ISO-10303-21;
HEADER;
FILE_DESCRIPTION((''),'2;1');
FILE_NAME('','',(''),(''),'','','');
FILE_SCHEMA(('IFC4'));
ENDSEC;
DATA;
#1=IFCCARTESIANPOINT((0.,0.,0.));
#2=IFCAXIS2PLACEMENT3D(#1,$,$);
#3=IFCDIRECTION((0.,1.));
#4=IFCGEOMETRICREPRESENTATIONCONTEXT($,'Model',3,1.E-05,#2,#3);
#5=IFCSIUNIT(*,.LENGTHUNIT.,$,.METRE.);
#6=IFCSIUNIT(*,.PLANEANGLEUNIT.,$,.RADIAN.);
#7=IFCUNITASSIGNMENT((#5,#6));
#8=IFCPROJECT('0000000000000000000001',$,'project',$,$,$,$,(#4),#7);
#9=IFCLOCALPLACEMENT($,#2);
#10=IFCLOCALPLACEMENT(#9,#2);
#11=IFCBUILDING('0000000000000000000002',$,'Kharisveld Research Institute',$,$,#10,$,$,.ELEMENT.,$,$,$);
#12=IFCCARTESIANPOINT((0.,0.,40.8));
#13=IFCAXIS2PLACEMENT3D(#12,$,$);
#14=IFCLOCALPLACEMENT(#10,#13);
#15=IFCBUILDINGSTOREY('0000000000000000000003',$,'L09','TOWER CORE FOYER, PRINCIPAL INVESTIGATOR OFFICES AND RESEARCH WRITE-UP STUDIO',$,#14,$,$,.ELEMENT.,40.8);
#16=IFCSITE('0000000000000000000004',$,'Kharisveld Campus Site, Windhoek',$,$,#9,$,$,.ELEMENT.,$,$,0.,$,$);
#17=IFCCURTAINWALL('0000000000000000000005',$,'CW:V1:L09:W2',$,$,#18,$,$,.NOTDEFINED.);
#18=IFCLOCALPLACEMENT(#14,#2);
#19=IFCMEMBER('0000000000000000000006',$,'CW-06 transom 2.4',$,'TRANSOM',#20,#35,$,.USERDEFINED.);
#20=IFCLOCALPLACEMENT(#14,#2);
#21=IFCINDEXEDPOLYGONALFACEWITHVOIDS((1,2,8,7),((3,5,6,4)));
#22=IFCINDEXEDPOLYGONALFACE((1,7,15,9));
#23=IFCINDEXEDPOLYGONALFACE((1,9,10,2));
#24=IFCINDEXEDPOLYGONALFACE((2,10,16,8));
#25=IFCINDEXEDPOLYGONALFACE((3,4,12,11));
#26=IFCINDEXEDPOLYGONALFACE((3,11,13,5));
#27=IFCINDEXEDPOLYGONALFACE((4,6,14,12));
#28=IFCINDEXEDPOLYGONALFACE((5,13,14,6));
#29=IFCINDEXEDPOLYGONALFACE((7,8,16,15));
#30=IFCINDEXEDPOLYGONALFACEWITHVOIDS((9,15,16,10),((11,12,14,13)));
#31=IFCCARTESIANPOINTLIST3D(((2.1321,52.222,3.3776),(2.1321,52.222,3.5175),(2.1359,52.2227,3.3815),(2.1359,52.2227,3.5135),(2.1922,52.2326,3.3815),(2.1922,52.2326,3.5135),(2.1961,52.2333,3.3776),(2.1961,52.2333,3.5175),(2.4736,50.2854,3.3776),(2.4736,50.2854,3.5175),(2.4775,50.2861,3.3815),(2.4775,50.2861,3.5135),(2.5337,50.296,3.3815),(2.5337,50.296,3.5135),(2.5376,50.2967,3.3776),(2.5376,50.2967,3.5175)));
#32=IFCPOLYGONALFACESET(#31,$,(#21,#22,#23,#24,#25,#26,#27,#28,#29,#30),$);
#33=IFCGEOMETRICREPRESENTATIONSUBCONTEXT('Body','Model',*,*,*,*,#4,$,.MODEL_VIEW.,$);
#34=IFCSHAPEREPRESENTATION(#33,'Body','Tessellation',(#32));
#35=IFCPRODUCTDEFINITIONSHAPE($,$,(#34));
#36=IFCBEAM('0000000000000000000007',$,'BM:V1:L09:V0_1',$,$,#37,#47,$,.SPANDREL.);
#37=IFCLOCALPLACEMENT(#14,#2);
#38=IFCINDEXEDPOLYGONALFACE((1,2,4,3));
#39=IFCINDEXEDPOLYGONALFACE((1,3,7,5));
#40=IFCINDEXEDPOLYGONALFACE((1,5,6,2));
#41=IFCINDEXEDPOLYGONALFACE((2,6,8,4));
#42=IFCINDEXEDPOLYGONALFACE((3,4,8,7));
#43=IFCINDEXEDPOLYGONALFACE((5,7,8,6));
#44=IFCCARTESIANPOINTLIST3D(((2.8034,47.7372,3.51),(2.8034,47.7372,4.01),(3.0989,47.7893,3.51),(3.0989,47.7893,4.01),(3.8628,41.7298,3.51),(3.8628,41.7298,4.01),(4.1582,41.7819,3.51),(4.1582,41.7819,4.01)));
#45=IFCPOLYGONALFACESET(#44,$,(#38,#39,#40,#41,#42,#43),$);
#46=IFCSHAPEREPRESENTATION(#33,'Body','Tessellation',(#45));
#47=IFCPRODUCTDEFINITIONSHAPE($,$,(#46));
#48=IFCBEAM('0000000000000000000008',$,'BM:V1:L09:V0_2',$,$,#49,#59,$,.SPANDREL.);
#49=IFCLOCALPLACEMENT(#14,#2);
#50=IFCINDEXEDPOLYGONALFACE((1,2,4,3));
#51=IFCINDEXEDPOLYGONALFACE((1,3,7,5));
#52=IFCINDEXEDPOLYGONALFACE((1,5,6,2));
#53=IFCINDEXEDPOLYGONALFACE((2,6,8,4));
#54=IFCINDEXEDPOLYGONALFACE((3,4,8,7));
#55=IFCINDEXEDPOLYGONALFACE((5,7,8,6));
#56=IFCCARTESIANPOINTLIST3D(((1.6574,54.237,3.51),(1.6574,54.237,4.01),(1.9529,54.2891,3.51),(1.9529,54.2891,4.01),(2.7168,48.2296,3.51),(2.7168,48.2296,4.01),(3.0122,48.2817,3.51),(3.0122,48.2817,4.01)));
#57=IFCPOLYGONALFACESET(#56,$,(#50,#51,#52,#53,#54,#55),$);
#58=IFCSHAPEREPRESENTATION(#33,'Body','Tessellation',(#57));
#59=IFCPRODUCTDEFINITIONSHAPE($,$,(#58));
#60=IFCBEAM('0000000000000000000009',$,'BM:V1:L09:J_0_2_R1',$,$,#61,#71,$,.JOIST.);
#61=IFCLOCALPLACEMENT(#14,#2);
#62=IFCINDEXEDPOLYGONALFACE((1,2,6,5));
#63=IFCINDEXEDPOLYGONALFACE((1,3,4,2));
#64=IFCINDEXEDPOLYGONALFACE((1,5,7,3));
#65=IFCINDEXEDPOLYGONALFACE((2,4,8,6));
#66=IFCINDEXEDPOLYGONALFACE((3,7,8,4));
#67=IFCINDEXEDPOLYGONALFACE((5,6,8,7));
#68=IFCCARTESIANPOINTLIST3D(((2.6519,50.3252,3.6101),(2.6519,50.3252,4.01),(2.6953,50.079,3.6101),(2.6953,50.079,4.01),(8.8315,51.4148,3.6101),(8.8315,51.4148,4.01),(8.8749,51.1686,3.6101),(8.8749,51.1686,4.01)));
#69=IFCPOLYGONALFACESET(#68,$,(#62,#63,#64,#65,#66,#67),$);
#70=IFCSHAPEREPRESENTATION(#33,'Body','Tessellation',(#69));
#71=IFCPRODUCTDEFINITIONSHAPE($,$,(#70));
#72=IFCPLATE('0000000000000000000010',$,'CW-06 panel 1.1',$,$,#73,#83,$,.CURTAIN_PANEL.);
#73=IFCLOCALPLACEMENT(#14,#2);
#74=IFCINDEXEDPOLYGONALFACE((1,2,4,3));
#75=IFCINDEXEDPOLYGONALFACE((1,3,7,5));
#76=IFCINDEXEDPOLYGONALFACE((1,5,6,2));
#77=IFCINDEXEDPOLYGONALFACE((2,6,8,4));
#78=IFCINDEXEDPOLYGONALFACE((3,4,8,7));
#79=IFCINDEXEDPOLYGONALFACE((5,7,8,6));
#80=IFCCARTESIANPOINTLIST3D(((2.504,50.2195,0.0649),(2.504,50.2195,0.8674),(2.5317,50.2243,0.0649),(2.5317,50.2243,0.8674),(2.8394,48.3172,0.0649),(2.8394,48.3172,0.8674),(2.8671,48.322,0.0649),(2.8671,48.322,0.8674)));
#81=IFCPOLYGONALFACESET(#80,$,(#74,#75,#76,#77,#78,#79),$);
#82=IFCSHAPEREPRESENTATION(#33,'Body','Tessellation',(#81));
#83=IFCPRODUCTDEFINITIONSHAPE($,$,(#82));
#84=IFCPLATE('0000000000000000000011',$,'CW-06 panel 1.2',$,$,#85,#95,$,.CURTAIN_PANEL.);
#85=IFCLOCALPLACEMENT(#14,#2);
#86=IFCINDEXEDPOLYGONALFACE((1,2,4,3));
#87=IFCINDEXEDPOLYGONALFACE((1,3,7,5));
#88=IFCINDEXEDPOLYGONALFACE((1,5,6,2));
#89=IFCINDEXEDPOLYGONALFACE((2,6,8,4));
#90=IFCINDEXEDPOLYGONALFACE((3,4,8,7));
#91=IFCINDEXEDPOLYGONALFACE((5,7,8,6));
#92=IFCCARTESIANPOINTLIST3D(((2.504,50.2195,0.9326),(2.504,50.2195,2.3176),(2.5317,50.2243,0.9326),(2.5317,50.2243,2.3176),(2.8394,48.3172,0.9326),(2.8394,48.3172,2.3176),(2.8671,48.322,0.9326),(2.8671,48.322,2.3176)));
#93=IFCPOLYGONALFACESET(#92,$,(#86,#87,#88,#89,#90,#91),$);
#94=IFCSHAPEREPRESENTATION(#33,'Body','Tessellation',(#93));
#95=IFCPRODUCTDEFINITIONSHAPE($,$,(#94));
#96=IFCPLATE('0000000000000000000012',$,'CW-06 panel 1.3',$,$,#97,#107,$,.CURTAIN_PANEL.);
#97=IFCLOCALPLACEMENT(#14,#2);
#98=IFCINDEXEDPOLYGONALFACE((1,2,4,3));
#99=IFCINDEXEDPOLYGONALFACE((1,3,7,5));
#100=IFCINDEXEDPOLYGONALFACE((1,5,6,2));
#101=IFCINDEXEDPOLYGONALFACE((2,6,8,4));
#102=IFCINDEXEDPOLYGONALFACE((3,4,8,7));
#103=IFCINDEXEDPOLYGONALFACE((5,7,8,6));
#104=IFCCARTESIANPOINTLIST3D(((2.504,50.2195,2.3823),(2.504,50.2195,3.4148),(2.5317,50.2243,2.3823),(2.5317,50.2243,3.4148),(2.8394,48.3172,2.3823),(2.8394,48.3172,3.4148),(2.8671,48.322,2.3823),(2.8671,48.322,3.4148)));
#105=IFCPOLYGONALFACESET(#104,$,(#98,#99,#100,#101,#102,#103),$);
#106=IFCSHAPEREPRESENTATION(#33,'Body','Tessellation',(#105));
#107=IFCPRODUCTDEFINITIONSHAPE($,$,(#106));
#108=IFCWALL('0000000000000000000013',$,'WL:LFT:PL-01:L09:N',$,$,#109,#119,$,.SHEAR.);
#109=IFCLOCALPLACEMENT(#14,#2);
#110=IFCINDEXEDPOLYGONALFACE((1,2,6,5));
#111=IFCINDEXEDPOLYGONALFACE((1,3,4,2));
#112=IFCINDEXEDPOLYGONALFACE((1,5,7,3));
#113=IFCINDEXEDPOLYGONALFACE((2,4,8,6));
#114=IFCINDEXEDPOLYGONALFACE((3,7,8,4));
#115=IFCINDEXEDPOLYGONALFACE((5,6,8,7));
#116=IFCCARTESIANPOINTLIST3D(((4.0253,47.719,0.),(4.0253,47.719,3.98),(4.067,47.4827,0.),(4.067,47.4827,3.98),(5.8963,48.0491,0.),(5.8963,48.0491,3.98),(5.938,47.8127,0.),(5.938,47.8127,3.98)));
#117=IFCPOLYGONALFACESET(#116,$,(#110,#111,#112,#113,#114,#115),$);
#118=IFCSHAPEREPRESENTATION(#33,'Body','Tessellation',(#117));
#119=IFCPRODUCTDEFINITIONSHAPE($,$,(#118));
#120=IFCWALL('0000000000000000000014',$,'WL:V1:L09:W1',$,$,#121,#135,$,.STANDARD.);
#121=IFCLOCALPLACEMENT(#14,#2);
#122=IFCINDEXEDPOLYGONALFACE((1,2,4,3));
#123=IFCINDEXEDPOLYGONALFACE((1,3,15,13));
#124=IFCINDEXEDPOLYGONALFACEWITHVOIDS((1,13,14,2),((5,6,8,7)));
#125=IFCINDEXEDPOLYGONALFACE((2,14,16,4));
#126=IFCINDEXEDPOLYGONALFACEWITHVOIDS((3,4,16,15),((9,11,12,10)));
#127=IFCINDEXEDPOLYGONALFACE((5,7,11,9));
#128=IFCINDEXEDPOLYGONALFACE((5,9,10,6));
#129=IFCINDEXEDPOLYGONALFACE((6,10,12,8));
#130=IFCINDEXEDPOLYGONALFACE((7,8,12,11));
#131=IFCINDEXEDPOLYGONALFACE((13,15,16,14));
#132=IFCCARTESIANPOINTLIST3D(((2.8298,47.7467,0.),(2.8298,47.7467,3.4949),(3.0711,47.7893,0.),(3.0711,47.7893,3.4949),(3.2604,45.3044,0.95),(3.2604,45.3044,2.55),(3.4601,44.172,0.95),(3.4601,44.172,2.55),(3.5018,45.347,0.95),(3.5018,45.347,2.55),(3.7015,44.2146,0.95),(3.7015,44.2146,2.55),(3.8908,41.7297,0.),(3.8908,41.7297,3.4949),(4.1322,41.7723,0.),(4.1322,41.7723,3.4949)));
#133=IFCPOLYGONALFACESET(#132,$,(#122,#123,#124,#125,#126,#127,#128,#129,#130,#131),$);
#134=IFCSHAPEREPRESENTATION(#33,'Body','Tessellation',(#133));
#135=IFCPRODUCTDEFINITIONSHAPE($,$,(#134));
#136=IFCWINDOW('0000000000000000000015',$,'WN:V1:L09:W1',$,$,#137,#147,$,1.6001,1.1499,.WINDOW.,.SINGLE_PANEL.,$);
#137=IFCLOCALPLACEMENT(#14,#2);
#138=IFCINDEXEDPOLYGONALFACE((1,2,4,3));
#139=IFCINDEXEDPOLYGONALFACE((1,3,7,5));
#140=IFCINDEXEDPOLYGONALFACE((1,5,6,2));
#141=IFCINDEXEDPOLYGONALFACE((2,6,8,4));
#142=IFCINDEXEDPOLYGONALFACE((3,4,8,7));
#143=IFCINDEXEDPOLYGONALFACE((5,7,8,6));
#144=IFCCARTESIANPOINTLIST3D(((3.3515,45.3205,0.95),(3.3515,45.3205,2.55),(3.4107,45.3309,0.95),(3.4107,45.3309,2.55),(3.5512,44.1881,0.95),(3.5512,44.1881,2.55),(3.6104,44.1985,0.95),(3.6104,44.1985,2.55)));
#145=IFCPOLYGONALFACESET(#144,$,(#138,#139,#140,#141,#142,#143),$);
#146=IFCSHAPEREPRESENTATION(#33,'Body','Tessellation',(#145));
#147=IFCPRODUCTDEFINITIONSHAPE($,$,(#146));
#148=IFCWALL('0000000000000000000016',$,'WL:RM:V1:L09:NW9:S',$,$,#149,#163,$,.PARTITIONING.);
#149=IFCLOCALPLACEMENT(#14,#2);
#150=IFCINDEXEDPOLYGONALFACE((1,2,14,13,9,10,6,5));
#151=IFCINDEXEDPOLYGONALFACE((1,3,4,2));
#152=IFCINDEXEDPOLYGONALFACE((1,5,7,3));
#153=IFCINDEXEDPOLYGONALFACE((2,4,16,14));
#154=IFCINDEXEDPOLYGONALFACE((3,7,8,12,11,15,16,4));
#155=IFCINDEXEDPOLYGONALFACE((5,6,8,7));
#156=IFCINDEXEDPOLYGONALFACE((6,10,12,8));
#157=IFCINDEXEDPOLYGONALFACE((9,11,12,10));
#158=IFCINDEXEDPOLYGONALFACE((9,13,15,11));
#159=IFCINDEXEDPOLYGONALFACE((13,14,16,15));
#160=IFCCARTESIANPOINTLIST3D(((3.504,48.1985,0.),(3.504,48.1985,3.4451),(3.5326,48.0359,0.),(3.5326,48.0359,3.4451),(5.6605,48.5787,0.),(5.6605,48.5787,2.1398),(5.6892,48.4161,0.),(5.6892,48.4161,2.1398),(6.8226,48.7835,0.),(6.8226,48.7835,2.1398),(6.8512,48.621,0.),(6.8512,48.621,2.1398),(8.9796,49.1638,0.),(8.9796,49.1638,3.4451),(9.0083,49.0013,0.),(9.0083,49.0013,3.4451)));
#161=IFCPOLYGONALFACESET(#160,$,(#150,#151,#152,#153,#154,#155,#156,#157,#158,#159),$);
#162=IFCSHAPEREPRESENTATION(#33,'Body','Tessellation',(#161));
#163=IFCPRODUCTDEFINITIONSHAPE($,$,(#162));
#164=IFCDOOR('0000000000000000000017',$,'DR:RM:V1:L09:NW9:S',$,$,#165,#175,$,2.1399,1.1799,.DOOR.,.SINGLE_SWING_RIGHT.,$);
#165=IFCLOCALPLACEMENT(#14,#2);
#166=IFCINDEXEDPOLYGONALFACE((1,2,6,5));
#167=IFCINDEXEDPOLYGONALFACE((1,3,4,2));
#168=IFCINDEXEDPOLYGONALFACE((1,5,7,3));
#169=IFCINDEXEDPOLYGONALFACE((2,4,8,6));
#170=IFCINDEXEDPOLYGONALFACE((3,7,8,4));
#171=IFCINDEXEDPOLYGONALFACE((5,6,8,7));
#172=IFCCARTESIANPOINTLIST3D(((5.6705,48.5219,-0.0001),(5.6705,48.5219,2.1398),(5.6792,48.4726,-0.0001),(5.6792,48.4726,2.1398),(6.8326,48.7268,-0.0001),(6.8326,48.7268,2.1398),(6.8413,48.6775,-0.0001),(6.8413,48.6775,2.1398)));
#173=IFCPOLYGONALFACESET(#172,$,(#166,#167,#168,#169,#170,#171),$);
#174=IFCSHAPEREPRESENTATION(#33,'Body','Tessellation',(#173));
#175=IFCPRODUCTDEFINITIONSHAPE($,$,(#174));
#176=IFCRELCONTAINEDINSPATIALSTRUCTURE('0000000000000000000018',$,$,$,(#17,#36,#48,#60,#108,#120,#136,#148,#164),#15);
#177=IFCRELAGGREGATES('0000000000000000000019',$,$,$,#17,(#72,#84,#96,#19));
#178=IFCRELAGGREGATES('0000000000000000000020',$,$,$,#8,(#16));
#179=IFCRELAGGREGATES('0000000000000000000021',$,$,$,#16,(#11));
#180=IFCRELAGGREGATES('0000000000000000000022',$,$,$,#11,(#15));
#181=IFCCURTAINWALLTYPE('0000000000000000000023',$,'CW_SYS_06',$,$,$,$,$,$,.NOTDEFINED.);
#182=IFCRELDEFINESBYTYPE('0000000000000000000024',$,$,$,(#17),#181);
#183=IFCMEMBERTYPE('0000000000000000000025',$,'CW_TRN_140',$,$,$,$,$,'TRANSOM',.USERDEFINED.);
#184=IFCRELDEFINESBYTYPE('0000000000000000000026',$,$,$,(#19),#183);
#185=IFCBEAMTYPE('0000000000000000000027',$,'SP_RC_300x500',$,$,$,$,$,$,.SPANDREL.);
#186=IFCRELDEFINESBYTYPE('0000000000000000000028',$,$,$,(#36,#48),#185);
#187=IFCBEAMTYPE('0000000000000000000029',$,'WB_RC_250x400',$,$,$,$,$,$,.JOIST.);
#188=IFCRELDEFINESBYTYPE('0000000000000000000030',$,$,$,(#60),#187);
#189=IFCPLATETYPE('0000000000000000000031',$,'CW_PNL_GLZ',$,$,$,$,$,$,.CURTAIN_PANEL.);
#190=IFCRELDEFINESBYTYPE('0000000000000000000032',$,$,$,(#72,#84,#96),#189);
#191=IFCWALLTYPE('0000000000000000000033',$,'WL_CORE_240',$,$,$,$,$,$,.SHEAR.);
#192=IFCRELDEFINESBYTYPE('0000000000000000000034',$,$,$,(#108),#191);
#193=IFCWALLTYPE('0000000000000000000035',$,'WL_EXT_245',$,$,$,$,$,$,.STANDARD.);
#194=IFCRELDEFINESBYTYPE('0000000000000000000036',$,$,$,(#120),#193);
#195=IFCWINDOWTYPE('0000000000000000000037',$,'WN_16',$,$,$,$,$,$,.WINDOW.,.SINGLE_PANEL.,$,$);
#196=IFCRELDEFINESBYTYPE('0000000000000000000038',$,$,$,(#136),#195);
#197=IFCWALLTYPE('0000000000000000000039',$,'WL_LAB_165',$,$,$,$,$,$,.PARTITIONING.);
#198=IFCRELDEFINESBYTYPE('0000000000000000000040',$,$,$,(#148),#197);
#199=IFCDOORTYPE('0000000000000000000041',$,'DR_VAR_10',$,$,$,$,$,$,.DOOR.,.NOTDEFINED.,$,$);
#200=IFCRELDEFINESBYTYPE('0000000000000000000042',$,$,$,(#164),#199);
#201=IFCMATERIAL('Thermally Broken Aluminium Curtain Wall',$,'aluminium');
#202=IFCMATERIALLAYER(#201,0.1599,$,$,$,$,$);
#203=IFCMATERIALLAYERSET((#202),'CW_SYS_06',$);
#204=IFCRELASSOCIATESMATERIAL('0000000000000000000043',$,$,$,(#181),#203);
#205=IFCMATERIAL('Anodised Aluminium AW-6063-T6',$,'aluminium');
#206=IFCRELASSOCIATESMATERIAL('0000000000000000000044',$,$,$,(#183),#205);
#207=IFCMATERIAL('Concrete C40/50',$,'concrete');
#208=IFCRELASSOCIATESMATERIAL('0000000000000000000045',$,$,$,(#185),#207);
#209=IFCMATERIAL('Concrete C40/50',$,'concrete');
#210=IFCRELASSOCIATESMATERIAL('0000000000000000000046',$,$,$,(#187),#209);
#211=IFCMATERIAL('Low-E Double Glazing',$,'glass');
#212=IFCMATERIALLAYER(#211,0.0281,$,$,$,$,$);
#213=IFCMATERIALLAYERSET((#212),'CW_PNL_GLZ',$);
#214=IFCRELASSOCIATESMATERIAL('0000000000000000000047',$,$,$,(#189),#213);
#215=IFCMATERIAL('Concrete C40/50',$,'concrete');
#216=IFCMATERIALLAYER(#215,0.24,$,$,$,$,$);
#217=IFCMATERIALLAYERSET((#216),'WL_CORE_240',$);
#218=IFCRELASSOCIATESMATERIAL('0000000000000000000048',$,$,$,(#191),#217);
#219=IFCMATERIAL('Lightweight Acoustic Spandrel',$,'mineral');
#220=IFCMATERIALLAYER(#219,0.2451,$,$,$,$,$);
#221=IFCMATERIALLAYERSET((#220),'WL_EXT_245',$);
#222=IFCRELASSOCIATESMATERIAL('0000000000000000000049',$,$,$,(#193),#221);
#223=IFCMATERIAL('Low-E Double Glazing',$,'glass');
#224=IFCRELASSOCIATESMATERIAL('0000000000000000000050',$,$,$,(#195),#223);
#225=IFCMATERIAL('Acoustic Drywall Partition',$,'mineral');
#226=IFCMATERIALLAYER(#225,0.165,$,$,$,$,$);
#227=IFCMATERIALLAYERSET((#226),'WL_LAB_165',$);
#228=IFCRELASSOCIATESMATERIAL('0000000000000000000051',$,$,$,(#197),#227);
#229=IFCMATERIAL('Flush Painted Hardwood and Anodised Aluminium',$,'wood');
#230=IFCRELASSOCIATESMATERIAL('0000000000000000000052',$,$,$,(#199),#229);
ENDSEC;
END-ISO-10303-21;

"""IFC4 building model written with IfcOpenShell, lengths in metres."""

from ifc_helpers import new_model, si_unit, direction, frame, frame_2d, origin, origin_2d, place, context, subcontext, project, spatial, rectangle, hollow_rectangle, extrude, material, layer, layer_set, material_profile, profile_set, type_object, element, fill, aggregate, save


model = new_model("IFC4")

# Units and contexts
model_context = context("Model", 3, precision=1e-05, world=origin(), true_north=direction((0.0, 1.0)))
body_context = subcontext(model_context, "Body", "Model", "MODEL_VIEW")
ifc_project = project(units=[si_unit("LENGTHUNIT", "METRE"), si_unit("PLANEANGLEUNIT", "RADIAN")], contexts=[model_context])

# Site, building, storey
site_placement = place(None, origin())
site = spatial("IfcSite", under=ifc_project, at=site_placement, Name="Kharisveld Campus Site, Windhoek", CompositionType="ELEMENT", RefElevation=0.0)
building_placement = place(site_placement, origin())
building = spatial("IfcBuilding", under=site, at=building_placement, Name="Kharisveld Research Institute", CompositionType="ELEMENT")
storey_placement = place(building_placement, frame((0.0, 0.0, 40.8)))
storey = spatial("IfcBuildingStorey", under=building, at=storey_placement, Name="L09", Description="TOWER CORE FOYER, PRINCIPAL INVESTIGATOR OFFICES AND RESEARCH WRITE-UP STUDIO", CompositionType="ELEMENT", Elevation=40.8)

# Curtain wall, member
ifc_material_1 = material(Name="Thermally Broken Aluminium Curtain Wall", Category="aluminium")
ifc_layer_1 = layer(ifc_material_1, 0.1599)
ifc_layer_set_1 = layer_set([ifc_layer_1], Name="CW_SYS_06")
curtain_wall_type = type_object("IfcCurtainWallType", Name="CW_SYS_06", PredefinedType="NOTDEFINED", material=ifc_layer_set_1)
curtain_wall_placement = place(storey_placement, origin())
curtain_wall = element("IfcCurtainWall", 1, at=curtain_wall_placement, inside=storey, type_object=curtain_wall_type, Name="CW:V1:L09:W2", PredefinedType="NOTDEFINED")
ifc_material_2 = material(Name="Anodised Aluminium AW-6063-T6", Category="aluminium")
ifc_material_profile_1 = material_profile(ifc_material_2, hollow_rectangle(XDim=0.0649, YDim=0.1399, WallThickness=0.0039, at=origin_2d()))
ifc_profile_set_1 = profile_set([ifc_material_profile_1], Name="Anodised Aluminium AW-6063-T6")
member_type_1 = type_object("IfcMemberType", Name="CW_TRN_140", ElementType="TRANSOM", PredefinedType="USERDEFINED", material=ifc_profile_set_1)
member_1_placement = place(storey_placement, frame((2.5056, 50.291, 3.4475), z_axis=(-0.173672, 0.984804, 0.0), x_axis=(-0.984804, -0.173672, 0.0)))
member_1 = element("IfcMember", 2, at=member_1_placement, type_object=member_type_1, Name="CW-06 transom 2.4", ObjectType="TRANSOM", PredefinedType="USERDEFINED", context=body_context, shape_type="SweptSolid", body=[
    extrude(hollow_rectangle(XDim=0.0649, YDim=0.1399, WallThickness=0.0039, at=origin_2d()), origin(), (0.0, 0.0, 1.0), 1.9666),
])

# Beams
ifc_material_3 = material(Name="Concrete C40/50", Category="concrete")
ifc_material_profile_2 = material_profile(ifc_material_3, rectangle(XDim=0.3, YDim=0.5, at=origin_2d()))
ifc_profile_set_2 = profile_set([ifc_material_profile_2], Name="Concrete C40/50")
beam_type_1 = type_object("IfcBeamType", Name="SP_RC_300x500", PredefinedType="SPANDREL", material=ifc_profile_set_2)
for number, where, z_axis, x_axis, name in (
    (3, (4.0105, 41.7559, 3.76), (-0.17366, 0.984806, 0.0), (-0.984806, -0.17366, 0.0), "BM:V1:L09:V0_1"),
    (4, (2.8645, 48.2556, 3.76), (-0.17366, 0.984806, 0.0), (-0.984806, -0.17366, 0.0), "BM:V1:L09:V0_2"),
):
    element("IfcBeam", number, at=place(storey_placement, frame(where, z_axis=z_axis, x_axis=x_axis)), inside=storey, type_object=beam_type_1, Name=name, PredefinedType="SPANDREL", context=body_context, shape_type="SweptSolid", body=[
        extrude(rectangle(XDim=0.3, YDim=0.5, at=origin_2d()), origin(), (0.0, 0.0, 1.0), 6.1001),
    ])
ifc_material_4 = material(Name="Concrete C40/50", Category="concrete")
ifc_material_profile_3 = material_profile(ifc_material_4, rectangle(XDim=0.25, YDim=0.3999, at=origin_2d()))
ifc_profile_set_3 = profile_set([ifc_material_profile_3], Name="Concrete C40/50")
beam_type_2 = type_object("IfcBeamType", Name="WB_RC_250x400", PredefinedType="JOIST", material=ifc_profile_set_3)
beam_1_placement = place(storey_placement, frame((2.6736, 50.2021, 3.8101), z_axis=(0.984809, 0.173641, 0.0), x_axis=(-0.173641, 0.984809, 0.0)))
element("IfcBeam", 5, at=beam_1_placement, inside=storey, type_object=beam_type_2, Name="BM:V1:L09:J_0_2_R1", PredefinedType="JOIST", context=body_context, shape_type="SweptSolid", body=[
    extrude(rectangle(XDim=0.25, YDim=0.3999, at=origin_2d()), origin(), (0.0, 0.0, 1.0), 6.2749),
])

# Plates
ifc_material_5 = material(Name="Low-E Double Glazing", Category="glass")
ifc_layer_2 = layer(ifc_material_5, 0.0281)
ifc_layer_set_2 = layer_set([ifc_layer_2], Name="CW_PNL_GLZ")
plate_type = type_object("IfcPlateType", Name="CW_PNL_GLZ", PredefinedType="CURTAIN_PANEL", material=ifc_layer_set_2)
plate_1_placement = place(storey_placement, frame((2.6855, 49.2708, 0.0649), z_axis=(0.0, 0.0, 1.0), x_axis=(-0.173648, 0.984808, 0.0)))
plate_1 = element("IfcPlate", 6, at=plate_1_placement, type_object=plate_type, Name="CW-06 panel 1.1", PredefinedType="CURTAIN_PANEL", context=body_context, shape_type="SweptSolid", body=[
    extrude(rectangle(XDim=1.9316, YDim=0.0281, at=origin_2d()), origin(), (0.0, 0.0, 1.0), 0.8025),
])
plate_2_placement = place(storey_placement, frame((2.6855, 49.2708, 0.9326), z_axis=(0.0, 0.0, 1.0), x_axis=(-0.173648, 0.984808, 0.0)))
plate_2 = element("IfcPlate", 7, at=plate_2_placement, type_object=plate_type, Name="CW-06 panel 1.2", PredefinedType="CURTAIN_PANEL", context=body_context, shape_type="SweptSolid", body=[
    extrude(rectangle(XDim=1.9316, YDim=0.0281, at=origin_2d()), origin(), (0.0, 0.0, 1.0), 1.385),
])
plate_3_placement = place(storey_placement, frame((2.6855, 49.2708, 2.3823), z_axis=(0.0, 0.0, 1.0), x_axis=(-0.173648, 0.984808, 0.0)))
plate_3 = element("IfcPlate", 8, at=plate_3_placement, type_object=plate_type, Name="CW-06 panel 1.3", PredefinedType="CURTAIN_PANEL", context=body_context, shape_type="SweptSolid", body=[
    extrude(rectangle(XDim=1.9316, YDim=0.0281, at=origin_2d()), origin(), (0.0, 0.0, 1.0), 1.0325),
])
aggregate(curtain_wall, [plate_1, plate_2, plate_3, member_1])

# Wall
ifc_material_6 = material(Name="Concrete C40/50", Category="concrete")
ifc_layer_3 = layer(ifc_material_6, 0.24)
ifc_layer_set_3 = layer_set([ifc_layer_3], Name="WL_CORE_240")
wall_type_1 = type_object("IfcWallType", Name="WL_CORE_240", PredefinedType="SHEAR", material=ifc_layer_set_3)
wall_1_placement = place(storey_placement, frame((4.0461, 47.6008, 0.0), z_axis=(0.0, 0.0, 1.0), x_axis=(0.984794, 0.173727, 0.0)))
element("IfcWall", 9, at=wall_1_placement, inside=storey, type_object=wall_type_1, Name="WL:LFT:PL-01:L09:N", PredefinedType="SHEAR", context=body_context, shape_type="SweptSolid", body=[
    extrude(rectangle(XDim=1.8999, YDim=0.24, at=frame_2d((0.95, 0.0))), origin(), (0.0, 0.0, 1.0), 3.98),
])

# Wall, opening, window
ifc_material_7 = material(Name="Lightweight Acoustic Spandrel", Category="mineral")
ifc_layer_4 = layer(ifc_material_7, 0.2451)
ifc_layer_set_4 = layer_set([ifc_layer_4], Name="WL_EXT_245")
wall_type_2 = type_object("IfcWallType", Name="WL_EXT_245", PredefinedType="STANDARD", material=ifc_layer_set_4)
wall_2_placement = place(storey_placement, frame((4.0115, 41.751, 0.0), z_axis=(0.0, 0.0, 1.0), x_axis=(-0.173658, 0.984806, 0.0)))
wall_2 = element("IfcWall", 10, at=wall_2_placement, inside=storey, type_object=wall_type_2, Name="WL:V1:L09:W1", PredefinedType="STANDARD", context=body_context, shape_type="SweptSolid", body=[
    extrude(rectangle(XDim=6.1099, YDim=0.2451, at=frame_2d((3.0549, 0.0))), origin(), (0.0, 0.0, 1.0), 3.4949),
])
opening_1_placement = place(wall_2_placement, frame((2.48, 0.0, 0.95)))
opening_1 = element("IfcOpeningElement", 11, at=opening_1_placement, cuts=wall_2, PredefinedType="OPENING", context=body_context, shape_type="SweptSolid", body=[
    extrude(rectangle(XDim=1.1499, YDim=1.6001, at=frame_2d((0.575, 0.8))), frame((0.0, 0.1226, 0.0), z_axis=(0.0, -1.0, 0.0), x_axis=(1.0, 0.0, 0.0)), (0.0, 0.0, 1.0), 0.2451),
])
ifc_material_8 = material(Name="Low-E Double Glazing", Category="glass")
window_type = type_object("IfcWindowType", Name="WN_16", PartitioningType="SINGLE_PANEL", PredefinedType="WINDOW", material=ifc_material_8)
window_placement = place(opening_1_placement, origin())
window = element("IfcWindow", 12, at=window_placement, inside=storey, type_object=window_type, Name="WN:V1:L09:W1", OverallHeight=1.6001, OverallWidth=1.1499, PartitioningType="SINGLE_PANEL", PredefinedType="WINDOW", context=body_context, shape_type="SweptSolid", body=[
    extrude(rectangle(XDim=1.1499, YDim=1.6001, at=frame_2d((0.575, 0.8))), frame((0.0, 0.03, 0.0), z_axis=(0.0, -1.0, 0.0), x_axis=(1.0, 0.0, 0.0)), (0.0, 0.0, 1.0), 0.0601),
])
fill(opening_1, window)

# Wall, opening, door
ifc_material_9 = material(Name="Acoustic Drywall Partition", Category="mineral")
ifc_layer_5 = layer(ifc_material_9, 0.165)
ifc_layer_set_5 = layer_set([ifc_layer_5], Name="WL_LAB_165")
wall_type_3 = type_object("IfcWallType", Name="WL_LAB_165", PredefinedType="PARTITIONING", material=ifc_layer_set_5)
wall_3_placement = place(storey_placement, frame((3.5183, 48.1172, 0.0), z_axis=(0.0, 0.0, 1.0), x_axis=(0.984813, 0.17362, 0.0)))
wall_3 = element("IfcWall", 13, at=wall_3_placement, inside=storey, type_object=wall_type_3, Name="WL:RM:V1:L09:NW9:S", PredefinedType="PARTITIONING", context=body_context, shape_type="SweptSolid", body=[
    extrude(rectangle(XDim=5.5601, YDim=0.165, at=frame_2d((2.78, 0.0))), origin(), (0.0, 0.0, 1.0), 3.4451),
])
opening_2_placement = place(wall_3_placement, frame((2.1899, 0.0, 0.0)))
opening_2 = element("IfcOpeningElement", 14, at=opening_2_placement, cuts=wall_3, PredefinedType="OPENING", context=body_context, shape_type="SweptSolid", body=[
    extrude(rectangle(XDim=1.1799, YDim=2.1399, at=frame_2d((0.5898, 1.0698))), frame((0.0, 0.0825, 0.0), z_axis=(0.0, -1.0, 0.0), x_axis=(1.0, 0.0, 0.0)), (0.0, 0.0, 1.0), 0.165),
])
ifc_material_10 = material(Name="Flush Painted Hardwood and Anodised Aluminium", Category="wood")
door_type = type_object("IfcDoorType", Name="DR_VAR_10", OperationType="NOTDEFINED", PredefinedType="DOOR", material=ifc_material_10)
door_placement = place(opening_2_placement, origin())
door = element("IfcDoor", 15, at=door_placement, inside=storey, type_object=door_type, Name="DR:RM:V1:L09:NW9:S", OperationType="SINGLE_SWING_RIGHT", OverallHeight=2.1399, OverallWidth=1.1799, PredefinedType="DOOR", context=body_context, shape_type="SweptSolid", body=[
    extrude(rectangle(XDim=1.1799, YDim=2.1399, at=frame_2d((0.5898, 1.0698))), frame((0.0, 0.0249, 0.0), z_axis=(0.0, -1.0, 0.0), x_axis=(1.0, 0.0, 0.0)), (0.0, 0.0, 1.0), 0.05),
])
fill(opening_2, door)

save(model, "model.ifc")
